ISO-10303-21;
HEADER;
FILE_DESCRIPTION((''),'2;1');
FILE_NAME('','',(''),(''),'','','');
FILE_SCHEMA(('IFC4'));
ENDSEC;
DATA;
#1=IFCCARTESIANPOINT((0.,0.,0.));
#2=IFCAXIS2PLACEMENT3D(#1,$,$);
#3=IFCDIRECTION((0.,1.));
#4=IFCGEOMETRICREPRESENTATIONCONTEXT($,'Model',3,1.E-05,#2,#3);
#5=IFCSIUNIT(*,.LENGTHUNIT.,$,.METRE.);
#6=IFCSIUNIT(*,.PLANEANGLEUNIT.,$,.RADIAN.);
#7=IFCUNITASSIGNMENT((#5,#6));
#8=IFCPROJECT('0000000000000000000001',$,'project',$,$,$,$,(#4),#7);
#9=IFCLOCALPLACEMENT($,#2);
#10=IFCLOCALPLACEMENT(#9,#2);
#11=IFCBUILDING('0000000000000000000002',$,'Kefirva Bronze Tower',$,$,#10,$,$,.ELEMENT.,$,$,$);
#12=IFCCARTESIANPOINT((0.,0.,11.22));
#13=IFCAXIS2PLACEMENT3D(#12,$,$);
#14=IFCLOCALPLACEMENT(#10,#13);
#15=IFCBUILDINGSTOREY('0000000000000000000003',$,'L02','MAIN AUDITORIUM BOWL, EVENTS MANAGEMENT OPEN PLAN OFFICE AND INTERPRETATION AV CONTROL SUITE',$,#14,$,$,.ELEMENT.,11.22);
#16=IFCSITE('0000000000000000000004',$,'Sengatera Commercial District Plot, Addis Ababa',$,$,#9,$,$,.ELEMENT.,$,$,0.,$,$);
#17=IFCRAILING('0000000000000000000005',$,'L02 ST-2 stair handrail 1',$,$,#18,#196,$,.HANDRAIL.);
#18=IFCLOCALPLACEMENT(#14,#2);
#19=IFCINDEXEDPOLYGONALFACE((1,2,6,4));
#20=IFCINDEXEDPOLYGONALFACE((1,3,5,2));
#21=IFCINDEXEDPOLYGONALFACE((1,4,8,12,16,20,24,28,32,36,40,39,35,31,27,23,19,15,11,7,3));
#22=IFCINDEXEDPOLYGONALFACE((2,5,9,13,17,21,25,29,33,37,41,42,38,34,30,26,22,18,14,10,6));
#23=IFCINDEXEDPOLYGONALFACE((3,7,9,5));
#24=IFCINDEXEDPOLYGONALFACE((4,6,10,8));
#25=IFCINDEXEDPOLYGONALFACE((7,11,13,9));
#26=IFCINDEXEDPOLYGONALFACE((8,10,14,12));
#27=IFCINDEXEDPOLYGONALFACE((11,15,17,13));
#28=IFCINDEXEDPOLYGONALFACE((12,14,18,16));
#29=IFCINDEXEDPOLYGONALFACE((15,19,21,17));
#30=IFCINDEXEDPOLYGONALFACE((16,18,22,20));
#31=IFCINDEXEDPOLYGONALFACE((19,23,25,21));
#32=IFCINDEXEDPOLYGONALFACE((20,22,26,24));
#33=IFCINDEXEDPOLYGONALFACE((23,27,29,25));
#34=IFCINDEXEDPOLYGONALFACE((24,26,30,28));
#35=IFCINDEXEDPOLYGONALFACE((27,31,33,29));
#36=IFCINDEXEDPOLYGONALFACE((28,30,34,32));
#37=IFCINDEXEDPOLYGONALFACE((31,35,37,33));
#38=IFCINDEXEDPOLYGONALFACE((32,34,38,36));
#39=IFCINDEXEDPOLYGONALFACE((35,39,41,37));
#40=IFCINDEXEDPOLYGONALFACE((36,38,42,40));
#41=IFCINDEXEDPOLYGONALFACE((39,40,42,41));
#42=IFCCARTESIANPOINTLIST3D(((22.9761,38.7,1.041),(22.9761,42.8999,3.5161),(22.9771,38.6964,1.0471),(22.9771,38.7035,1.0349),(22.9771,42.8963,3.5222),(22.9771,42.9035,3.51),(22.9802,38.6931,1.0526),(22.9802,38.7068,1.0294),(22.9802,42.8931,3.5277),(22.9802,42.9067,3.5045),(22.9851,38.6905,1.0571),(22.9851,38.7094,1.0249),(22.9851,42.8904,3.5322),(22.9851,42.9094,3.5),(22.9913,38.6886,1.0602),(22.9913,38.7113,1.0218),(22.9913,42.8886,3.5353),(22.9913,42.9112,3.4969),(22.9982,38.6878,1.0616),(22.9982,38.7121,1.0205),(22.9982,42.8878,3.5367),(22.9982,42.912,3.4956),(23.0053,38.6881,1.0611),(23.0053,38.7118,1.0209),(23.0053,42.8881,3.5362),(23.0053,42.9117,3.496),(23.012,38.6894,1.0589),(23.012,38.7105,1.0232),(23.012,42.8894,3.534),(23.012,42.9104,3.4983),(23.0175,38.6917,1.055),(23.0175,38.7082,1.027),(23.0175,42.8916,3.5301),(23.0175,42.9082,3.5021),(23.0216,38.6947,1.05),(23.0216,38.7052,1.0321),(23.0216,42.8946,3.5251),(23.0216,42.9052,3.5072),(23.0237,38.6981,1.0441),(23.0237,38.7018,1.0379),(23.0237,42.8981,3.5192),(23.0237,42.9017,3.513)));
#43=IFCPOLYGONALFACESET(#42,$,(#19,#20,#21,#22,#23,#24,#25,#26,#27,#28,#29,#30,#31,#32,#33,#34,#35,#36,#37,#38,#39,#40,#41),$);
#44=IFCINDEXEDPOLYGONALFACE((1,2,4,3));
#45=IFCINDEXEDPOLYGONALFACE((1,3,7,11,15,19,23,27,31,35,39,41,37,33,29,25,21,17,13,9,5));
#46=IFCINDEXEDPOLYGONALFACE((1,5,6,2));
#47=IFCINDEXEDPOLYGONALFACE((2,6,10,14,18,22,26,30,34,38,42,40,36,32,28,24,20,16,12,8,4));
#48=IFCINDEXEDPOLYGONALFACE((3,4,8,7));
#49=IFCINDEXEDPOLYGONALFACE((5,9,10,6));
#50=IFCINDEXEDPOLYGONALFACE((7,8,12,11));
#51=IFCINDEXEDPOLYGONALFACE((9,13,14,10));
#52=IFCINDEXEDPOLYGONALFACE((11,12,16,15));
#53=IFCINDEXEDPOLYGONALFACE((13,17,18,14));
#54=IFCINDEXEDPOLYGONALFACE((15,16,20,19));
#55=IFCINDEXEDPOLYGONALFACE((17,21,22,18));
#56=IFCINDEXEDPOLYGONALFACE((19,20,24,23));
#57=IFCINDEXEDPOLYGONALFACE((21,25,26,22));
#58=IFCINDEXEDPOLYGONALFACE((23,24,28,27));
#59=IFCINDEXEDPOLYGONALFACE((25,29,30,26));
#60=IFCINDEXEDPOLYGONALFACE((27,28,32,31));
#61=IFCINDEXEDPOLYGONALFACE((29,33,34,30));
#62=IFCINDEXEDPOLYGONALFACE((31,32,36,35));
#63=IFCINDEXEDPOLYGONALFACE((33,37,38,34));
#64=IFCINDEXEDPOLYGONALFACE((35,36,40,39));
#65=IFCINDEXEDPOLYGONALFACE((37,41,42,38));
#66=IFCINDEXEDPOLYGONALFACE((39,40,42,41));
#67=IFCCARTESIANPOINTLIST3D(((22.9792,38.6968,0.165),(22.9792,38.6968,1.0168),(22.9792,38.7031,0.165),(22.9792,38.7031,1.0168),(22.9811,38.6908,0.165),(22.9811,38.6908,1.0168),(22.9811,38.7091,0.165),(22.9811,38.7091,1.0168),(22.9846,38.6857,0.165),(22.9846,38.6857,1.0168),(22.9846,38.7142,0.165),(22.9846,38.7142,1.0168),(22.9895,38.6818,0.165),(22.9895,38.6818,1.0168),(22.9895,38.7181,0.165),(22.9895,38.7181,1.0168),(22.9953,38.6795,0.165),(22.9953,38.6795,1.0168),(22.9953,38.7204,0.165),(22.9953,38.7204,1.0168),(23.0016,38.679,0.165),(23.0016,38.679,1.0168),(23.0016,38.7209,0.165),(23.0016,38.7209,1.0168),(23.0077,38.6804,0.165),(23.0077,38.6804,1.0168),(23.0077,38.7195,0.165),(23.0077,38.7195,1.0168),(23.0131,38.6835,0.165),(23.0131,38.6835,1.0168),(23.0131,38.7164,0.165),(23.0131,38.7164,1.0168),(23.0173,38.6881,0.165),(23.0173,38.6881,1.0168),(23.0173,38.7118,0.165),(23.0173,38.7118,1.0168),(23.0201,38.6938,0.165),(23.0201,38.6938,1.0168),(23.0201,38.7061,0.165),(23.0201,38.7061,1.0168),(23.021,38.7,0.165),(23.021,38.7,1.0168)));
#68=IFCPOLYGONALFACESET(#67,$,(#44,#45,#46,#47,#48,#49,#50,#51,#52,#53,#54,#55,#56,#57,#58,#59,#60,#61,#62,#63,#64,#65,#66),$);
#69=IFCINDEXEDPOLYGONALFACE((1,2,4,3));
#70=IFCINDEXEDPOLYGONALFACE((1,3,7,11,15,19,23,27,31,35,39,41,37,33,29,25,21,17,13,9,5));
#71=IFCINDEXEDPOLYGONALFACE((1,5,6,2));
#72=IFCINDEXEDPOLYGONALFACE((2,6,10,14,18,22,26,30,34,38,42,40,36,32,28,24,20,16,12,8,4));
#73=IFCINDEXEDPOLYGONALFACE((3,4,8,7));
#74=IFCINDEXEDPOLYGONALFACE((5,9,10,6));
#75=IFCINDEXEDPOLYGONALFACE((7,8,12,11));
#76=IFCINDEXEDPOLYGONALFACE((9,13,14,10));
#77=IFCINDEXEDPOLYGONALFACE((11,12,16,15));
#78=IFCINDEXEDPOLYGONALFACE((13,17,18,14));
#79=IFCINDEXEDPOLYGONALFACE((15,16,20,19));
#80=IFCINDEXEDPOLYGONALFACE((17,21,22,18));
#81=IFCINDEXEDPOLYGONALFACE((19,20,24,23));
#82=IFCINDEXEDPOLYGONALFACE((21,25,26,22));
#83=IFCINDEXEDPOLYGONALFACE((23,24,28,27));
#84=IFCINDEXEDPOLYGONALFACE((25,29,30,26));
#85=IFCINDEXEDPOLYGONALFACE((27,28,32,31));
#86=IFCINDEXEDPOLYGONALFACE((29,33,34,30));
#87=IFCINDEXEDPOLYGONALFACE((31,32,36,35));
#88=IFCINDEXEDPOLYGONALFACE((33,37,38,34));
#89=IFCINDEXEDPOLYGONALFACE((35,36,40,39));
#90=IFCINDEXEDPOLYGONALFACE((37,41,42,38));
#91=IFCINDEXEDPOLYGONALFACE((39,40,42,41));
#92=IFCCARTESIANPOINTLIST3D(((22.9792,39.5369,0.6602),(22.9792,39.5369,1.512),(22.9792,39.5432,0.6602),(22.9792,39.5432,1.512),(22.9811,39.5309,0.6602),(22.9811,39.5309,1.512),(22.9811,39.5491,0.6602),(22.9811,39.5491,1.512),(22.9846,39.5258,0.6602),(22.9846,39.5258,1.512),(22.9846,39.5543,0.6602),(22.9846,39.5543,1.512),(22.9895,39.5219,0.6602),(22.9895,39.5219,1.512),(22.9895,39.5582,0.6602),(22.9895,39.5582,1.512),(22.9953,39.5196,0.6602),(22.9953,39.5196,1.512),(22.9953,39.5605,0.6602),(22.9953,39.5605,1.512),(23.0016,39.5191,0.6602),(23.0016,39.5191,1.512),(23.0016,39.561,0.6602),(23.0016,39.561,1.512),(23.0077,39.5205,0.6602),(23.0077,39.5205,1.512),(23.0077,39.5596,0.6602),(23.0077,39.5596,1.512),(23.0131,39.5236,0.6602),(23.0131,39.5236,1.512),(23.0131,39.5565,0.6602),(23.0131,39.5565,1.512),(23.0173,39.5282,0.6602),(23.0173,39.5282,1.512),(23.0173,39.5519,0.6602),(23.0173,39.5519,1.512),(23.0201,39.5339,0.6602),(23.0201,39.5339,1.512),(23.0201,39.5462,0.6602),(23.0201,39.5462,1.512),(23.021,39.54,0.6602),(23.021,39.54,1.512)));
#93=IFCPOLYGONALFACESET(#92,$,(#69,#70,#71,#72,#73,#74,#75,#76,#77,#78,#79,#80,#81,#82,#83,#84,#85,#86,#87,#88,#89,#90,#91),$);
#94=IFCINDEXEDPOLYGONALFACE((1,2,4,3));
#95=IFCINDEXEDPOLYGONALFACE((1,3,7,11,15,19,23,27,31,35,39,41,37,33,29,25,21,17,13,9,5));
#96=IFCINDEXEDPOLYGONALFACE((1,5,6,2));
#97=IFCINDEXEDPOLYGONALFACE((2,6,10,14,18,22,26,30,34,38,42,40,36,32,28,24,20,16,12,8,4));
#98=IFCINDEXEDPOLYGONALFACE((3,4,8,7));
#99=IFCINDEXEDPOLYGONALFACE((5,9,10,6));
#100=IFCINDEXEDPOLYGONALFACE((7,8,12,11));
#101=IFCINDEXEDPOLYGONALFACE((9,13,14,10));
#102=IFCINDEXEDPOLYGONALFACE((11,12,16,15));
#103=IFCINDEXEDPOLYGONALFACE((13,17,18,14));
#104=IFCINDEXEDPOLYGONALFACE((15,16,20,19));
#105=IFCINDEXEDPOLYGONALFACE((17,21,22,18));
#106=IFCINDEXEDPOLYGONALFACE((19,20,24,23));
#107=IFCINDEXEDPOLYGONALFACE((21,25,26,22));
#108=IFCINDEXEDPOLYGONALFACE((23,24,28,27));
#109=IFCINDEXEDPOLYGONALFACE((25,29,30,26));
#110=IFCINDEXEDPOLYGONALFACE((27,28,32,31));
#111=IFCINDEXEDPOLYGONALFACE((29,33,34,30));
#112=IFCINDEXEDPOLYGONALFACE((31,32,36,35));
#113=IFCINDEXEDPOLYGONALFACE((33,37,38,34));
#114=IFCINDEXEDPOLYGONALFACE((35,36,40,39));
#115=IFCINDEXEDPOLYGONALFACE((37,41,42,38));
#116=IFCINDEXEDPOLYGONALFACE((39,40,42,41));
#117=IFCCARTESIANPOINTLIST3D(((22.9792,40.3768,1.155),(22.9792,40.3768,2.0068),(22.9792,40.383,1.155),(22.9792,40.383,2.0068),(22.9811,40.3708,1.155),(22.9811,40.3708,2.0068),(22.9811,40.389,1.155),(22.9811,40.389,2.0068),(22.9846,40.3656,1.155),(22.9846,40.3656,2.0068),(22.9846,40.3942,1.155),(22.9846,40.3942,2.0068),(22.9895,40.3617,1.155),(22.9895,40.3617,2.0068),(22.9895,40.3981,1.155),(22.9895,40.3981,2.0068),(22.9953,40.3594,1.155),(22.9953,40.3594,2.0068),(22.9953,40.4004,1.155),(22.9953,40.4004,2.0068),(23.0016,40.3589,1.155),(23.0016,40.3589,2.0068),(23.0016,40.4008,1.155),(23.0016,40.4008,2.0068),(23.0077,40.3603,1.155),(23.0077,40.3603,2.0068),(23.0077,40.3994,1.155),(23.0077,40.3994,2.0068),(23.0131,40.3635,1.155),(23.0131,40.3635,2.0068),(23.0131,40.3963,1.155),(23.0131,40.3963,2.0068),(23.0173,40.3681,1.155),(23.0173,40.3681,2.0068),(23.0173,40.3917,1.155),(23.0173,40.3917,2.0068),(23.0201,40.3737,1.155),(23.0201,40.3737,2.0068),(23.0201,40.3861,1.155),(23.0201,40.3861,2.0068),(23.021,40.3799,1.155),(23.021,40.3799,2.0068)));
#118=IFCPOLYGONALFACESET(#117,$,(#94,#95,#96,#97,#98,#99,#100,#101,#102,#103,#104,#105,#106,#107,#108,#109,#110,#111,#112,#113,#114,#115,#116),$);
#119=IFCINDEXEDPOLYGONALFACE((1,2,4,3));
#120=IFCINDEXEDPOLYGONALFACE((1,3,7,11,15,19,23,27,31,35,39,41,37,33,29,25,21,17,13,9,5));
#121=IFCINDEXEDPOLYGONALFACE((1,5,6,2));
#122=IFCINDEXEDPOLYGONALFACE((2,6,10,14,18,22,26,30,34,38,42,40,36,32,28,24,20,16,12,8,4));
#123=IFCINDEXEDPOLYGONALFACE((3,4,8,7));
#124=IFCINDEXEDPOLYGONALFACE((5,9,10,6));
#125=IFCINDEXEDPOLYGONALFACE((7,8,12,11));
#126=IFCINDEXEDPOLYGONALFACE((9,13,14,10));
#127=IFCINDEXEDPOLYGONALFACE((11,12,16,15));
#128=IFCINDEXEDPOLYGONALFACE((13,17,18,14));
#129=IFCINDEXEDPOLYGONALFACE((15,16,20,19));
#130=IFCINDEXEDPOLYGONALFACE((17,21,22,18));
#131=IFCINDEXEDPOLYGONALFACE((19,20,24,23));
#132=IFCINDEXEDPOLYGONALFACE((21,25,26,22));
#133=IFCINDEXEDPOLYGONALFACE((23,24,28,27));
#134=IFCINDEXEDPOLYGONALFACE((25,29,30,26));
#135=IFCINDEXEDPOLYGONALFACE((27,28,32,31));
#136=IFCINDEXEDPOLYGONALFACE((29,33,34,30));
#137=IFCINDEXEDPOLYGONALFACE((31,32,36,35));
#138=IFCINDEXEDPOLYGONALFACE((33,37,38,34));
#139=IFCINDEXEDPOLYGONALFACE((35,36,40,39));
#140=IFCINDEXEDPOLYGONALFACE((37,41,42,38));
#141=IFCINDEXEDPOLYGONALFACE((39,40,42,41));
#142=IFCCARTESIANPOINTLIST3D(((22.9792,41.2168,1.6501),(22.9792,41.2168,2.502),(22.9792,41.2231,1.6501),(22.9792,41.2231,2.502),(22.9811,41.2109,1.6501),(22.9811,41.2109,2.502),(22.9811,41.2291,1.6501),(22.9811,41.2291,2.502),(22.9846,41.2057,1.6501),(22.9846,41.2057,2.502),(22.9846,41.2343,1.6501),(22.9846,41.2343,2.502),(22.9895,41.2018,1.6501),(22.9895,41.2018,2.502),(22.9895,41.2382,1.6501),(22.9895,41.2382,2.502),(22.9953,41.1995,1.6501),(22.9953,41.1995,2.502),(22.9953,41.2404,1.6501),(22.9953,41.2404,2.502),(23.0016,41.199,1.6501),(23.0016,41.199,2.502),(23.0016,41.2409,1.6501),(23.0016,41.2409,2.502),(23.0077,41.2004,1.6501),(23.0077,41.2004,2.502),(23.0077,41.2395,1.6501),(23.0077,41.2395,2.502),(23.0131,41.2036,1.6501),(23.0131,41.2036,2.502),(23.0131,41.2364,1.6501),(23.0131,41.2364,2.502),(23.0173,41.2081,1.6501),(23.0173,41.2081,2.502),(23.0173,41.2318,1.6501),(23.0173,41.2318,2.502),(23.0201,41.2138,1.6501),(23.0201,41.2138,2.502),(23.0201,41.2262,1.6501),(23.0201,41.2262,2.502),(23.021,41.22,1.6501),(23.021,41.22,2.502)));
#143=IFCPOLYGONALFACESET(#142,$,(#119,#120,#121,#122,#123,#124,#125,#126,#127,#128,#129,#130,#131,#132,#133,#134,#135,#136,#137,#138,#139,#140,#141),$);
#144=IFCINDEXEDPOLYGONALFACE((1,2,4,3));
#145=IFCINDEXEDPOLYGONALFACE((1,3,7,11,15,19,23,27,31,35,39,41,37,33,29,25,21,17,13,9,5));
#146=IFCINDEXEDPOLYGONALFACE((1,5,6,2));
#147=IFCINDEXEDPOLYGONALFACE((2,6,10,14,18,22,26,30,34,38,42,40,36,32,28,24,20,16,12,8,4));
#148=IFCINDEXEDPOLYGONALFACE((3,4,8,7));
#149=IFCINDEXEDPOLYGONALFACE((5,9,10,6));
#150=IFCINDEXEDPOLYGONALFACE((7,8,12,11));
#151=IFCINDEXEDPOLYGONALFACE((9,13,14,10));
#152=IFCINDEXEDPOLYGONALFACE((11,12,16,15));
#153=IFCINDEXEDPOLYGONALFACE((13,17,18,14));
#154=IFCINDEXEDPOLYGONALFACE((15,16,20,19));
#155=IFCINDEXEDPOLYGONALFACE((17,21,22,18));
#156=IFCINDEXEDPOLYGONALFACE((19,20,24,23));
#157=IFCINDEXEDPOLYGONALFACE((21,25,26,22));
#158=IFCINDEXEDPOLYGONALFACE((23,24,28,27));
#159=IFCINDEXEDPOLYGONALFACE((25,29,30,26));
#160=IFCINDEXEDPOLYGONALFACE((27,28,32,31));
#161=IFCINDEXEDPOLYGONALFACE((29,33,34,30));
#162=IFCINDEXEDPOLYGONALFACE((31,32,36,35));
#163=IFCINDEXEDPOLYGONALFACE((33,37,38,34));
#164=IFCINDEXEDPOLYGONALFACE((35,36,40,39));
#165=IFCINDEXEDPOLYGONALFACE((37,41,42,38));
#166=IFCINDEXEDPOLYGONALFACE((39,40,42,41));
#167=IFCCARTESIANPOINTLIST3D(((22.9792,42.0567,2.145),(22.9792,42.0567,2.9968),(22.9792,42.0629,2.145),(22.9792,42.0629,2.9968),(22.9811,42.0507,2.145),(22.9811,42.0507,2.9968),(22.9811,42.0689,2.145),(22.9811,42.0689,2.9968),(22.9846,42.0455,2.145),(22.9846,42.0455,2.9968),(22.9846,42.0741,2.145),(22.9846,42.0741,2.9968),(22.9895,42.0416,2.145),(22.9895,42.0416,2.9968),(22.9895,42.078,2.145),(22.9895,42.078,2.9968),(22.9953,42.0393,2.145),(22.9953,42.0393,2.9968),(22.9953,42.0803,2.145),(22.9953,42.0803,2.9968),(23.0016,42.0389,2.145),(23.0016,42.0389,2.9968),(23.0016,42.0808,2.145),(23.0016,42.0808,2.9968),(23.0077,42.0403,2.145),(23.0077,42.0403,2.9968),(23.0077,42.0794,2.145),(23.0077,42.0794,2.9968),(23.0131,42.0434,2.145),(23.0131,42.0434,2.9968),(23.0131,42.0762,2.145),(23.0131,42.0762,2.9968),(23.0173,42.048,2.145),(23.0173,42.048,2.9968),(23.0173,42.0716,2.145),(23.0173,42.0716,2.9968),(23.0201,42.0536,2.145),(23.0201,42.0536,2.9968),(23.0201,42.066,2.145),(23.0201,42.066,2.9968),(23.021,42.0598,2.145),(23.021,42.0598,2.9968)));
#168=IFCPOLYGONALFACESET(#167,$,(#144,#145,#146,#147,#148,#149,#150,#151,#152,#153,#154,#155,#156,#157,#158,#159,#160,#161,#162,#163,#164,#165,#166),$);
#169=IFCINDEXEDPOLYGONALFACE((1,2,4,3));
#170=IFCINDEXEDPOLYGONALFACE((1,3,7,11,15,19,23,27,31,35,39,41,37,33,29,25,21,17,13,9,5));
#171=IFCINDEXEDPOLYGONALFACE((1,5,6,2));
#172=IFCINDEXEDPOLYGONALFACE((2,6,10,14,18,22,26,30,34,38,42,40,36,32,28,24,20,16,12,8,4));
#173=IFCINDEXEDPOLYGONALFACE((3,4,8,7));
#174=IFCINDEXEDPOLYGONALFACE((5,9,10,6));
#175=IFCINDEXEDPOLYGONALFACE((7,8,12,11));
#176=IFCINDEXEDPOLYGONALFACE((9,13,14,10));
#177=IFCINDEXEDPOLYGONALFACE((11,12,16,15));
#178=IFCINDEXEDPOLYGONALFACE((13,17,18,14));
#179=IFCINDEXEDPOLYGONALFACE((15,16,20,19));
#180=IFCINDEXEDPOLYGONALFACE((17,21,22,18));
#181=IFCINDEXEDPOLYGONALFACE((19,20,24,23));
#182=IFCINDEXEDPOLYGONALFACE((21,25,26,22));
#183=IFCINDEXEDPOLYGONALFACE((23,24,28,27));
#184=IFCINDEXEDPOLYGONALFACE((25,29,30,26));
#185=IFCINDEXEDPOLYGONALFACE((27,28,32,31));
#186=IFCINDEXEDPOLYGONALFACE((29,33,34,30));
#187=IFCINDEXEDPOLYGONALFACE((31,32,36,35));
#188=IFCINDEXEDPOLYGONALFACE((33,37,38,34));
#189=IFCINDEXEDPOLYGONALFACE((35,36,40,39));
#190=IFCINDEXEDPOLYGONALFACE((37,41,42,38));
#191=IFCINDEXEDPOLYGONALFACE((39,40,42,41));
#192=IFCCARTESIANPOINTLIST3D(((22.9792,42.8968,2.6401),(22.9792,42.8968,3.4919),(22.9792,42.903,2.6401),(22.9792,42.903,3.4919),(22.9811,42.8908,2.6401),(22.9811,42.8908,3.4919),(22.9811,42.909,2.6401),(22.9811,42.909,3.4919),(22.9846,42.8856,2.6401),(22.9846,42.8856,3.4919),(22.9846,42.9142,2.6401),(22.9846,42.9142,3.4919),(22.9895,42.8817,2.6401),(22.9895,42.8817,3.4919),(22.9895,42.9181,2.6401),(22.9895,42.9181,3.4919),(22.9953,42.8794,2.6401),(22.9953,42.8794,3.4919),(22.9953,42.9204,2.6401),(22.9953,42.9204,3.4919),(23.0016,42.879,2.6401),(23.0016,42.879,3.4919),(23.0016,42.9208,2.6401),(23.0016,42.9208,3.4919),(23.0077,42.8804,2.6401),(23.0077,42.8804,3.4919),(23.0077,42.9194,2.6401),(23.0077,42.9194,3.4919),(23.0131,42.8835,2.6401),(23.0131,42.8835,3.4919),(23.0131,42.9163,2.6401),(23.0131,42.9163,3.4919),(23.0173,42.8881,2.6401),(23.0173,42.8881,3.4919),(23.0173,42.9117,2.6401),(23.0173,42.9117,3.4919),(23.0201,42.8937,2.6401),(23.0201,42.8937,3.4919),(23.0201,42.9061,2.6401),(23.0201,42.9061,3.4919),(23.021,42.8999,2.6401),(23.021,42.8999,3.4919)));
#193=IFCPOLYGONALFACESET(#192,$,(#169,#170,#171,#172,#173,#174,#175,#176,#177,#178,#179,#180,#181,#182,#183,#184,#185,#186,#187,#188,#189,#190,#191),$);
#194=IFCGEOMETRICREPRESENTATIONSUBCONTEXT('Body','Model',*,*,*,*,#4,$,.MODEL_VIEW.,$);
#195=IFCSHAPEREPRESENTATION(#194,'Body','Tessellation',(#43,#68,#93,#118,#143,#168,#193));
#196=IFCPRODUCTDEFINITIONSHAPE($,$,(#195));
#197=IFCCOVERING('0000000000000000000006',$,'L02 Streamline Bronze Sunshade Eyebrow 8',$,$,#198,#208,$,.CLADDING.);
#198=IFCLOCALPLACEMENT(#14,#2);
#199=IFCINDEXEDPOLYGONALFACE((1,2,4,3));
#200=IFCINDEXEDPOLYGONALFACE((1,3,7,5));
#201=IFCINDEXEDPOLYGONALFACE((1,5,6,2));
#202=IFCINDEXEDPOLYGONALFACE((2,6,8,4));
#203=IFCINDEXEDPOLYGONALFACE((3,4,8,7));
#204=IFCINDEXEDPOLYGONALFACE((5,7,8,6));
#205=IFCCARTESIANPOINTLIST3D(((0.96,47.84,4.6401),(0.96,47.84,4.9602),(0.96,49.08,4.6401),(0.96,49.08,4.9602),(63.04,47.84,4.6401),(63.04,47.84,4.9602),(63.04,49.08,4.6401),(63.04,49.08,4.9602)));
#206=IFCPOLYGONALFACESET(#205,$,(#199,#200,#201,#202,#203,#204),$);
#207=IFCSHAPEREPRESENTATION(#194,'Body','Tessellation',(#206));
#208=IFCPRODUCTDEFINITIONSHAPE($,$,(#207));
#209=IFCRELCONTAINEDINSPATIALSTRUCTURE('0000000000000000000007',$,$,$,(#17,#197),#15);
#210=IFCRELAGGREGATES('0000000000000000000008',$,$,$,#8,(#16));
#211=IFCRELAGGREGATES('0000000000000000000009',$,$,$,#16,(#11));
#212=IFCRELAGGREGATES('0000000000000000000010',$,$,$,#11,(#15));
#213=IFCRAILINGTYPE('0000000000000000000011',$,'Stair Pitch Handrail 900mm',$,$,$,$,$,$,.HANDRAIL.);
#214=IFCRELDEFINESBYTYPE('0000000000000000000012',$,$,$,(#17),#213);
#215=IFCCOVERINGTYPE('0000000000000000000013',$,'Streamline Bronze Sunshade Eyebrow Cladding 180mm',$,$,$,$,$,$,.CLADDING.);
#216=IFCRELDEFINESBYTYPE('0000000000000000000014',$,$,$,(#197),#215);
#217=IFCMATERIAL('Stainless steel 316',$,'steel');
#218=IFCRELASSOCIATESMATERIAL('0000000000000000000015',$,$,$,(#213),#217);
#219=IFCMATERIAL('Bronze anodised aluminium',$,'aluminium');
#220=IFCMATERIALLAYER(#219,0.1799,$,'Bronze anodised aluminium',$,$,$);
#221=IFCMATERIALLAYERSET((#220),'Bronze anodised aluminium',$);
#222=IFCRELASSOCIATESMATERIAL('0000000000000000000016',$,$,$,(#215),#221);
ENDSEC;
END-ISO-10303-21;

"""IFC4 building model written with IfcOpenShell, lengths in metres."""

from ifc_helpers import new_model, si_unit, direction, frame, origin, origin_2d, place, context, subcontext, project, spatial, rectangle, circle, extrude, material, layer, layer_set, type_object, element, save


model = new_model("IFC4")

# Units and contexts
model_context = context("Model", 3, precision=1e-05, world=origin(), true_north=direction((0.0, 1.0)))
body_context = subcontext(model_context, "Body", "Model", "MODEL_VIEW")
ifc_project = project(units=[si_unit("LENGTHUNIT", "METRE"), si_unit("PLANEANGLEUNIT", "RADIAN")], contexts=[model_context])

# Site, building, storey
site_placement = place(None, origin())
site = spatial("IfcSite", under=ifc_project, at=site_placement, Name="Sengatera Commercial District Plot, Addis Ababa", CompositionType="ELEMENT", RefElevation=0.0)
building_placement = place(site_placement, origin())
building = spatial("IfcBuilding", under=site, at=building_placement, Name="Kefirva Bronze Tower", CompositionType="ELEMENT")
storey_placement = place(building_placement, frame((0.0, 0.0, 11.22)))
storey = spatial("IfcBuildingStorey", under=building, at=storey_placement, Name="L02", Description="MAIN AUDITORIUM BOWL, EVENTS MANAGEMENT OPEN PLAN OFFICE AND INTERPRETATION AV CONTROL SUITE", CompositionType="ELEMENT", Elevation=11.22)

# Shared definitions
ifc_material_1 = material(Name="Bronze anodised aluminium", Category="aluminium")

# Railing
ifc_material_2 = material(Name="Stainless steel 316", Category="steel")
railing_type = type_object("IfcRailingType", Name="Stair Pitch Handrail 900mm", PredefinedType="HANDRAIL", material=ifc_material_2)
railing_placement = place(storey_placement, frame((23.0, 38.7, 0.165)))
element("IfcRailing", 1, at=railing_placement, inside=storey, type_object=railing_type, Name="L02 ST-2 stair handrail 1", PredefinedType="HANDRAIL", context=body_context, shape_type="SweptSolid", body=[
    extrude(circle(Radius=0.0239, at=origin_2d()), frame((0.0, 0.0, 0.876), z_axis=(0.0, 0.861527, 0.507712), x_axis=(-1.0, 0.0, 0.0)), (0.0, 0.0, 1.0), 4.875),
    extrude(circle(Radius=0.021, at=origin_2d()), origin(), (0.0, 0.0, 1.0), 0.8518),
    extrude(circle(Radius=0.021, at=origin_2d()), frame((0.0, 0.8401, 0.4951)), (0.0, 0.0, 1.0), 0.8518),
    extrude(circle(Radius=0.021, at=origin_2d()), frame((0.0, 1.6799, 0.99)), (0.0, 0.0, 1.0), 0.8518),
    extrude(circle(Radius=0.021, at=origin_2d()), frame((0.0, 2.52, 1.4851)), (0.0, 0.0, 1.0), 0.8518),
    extrude(circle(Radius=0.021, at=origin_2d()), frame((0.0, 3.3599, 1.98)), (0.0, 0.0, 1.0), 0.8518),
    extrude(circle(Radius=0.021, at=origin_2d()), frame((0.0, 4.2, 2.4751)), (0.0, 0.0, 1.0), 0.8518),
])

# Covering
ifc_layer_1 = layer(ifc_material_1, 0.1799, Name="Bronze anodised aluminium")
ifc_layer_set_1 = layer_set([ifc_layer_1], Name="Bronze anodised aluminium")
covering_type_1 = type_object("IfcCoveringType", Name="Streamline Bronze Sunshade Eyebrow Cladding 180mm", PredefinedType="CLADDING", material=ifc_layer_set_1)
covering_1_placement = place(storey_placement, frame((32.0, 48.46, 4.6401), z_axis=(0.0, 0.0, 1.0), x_axis=(-1.0, 0.0, 0.0)))
element("IfcCovering", 2, at=covering_1_placement, inside=storey, type_object=covering_type_1, Name="L02 Streamline Bronze Sunshade Eyebrow 8", PredefinedType="CLADDING", context=body_context, shape_type="SweptSolid", body=[
    extrude(rectangle(XDim=62.0801, YDim=1.24, at=origin_2d()), origin(), (0.0, 0.0, 1.0), 0.3201),
])

save(model, "model.ifc")
